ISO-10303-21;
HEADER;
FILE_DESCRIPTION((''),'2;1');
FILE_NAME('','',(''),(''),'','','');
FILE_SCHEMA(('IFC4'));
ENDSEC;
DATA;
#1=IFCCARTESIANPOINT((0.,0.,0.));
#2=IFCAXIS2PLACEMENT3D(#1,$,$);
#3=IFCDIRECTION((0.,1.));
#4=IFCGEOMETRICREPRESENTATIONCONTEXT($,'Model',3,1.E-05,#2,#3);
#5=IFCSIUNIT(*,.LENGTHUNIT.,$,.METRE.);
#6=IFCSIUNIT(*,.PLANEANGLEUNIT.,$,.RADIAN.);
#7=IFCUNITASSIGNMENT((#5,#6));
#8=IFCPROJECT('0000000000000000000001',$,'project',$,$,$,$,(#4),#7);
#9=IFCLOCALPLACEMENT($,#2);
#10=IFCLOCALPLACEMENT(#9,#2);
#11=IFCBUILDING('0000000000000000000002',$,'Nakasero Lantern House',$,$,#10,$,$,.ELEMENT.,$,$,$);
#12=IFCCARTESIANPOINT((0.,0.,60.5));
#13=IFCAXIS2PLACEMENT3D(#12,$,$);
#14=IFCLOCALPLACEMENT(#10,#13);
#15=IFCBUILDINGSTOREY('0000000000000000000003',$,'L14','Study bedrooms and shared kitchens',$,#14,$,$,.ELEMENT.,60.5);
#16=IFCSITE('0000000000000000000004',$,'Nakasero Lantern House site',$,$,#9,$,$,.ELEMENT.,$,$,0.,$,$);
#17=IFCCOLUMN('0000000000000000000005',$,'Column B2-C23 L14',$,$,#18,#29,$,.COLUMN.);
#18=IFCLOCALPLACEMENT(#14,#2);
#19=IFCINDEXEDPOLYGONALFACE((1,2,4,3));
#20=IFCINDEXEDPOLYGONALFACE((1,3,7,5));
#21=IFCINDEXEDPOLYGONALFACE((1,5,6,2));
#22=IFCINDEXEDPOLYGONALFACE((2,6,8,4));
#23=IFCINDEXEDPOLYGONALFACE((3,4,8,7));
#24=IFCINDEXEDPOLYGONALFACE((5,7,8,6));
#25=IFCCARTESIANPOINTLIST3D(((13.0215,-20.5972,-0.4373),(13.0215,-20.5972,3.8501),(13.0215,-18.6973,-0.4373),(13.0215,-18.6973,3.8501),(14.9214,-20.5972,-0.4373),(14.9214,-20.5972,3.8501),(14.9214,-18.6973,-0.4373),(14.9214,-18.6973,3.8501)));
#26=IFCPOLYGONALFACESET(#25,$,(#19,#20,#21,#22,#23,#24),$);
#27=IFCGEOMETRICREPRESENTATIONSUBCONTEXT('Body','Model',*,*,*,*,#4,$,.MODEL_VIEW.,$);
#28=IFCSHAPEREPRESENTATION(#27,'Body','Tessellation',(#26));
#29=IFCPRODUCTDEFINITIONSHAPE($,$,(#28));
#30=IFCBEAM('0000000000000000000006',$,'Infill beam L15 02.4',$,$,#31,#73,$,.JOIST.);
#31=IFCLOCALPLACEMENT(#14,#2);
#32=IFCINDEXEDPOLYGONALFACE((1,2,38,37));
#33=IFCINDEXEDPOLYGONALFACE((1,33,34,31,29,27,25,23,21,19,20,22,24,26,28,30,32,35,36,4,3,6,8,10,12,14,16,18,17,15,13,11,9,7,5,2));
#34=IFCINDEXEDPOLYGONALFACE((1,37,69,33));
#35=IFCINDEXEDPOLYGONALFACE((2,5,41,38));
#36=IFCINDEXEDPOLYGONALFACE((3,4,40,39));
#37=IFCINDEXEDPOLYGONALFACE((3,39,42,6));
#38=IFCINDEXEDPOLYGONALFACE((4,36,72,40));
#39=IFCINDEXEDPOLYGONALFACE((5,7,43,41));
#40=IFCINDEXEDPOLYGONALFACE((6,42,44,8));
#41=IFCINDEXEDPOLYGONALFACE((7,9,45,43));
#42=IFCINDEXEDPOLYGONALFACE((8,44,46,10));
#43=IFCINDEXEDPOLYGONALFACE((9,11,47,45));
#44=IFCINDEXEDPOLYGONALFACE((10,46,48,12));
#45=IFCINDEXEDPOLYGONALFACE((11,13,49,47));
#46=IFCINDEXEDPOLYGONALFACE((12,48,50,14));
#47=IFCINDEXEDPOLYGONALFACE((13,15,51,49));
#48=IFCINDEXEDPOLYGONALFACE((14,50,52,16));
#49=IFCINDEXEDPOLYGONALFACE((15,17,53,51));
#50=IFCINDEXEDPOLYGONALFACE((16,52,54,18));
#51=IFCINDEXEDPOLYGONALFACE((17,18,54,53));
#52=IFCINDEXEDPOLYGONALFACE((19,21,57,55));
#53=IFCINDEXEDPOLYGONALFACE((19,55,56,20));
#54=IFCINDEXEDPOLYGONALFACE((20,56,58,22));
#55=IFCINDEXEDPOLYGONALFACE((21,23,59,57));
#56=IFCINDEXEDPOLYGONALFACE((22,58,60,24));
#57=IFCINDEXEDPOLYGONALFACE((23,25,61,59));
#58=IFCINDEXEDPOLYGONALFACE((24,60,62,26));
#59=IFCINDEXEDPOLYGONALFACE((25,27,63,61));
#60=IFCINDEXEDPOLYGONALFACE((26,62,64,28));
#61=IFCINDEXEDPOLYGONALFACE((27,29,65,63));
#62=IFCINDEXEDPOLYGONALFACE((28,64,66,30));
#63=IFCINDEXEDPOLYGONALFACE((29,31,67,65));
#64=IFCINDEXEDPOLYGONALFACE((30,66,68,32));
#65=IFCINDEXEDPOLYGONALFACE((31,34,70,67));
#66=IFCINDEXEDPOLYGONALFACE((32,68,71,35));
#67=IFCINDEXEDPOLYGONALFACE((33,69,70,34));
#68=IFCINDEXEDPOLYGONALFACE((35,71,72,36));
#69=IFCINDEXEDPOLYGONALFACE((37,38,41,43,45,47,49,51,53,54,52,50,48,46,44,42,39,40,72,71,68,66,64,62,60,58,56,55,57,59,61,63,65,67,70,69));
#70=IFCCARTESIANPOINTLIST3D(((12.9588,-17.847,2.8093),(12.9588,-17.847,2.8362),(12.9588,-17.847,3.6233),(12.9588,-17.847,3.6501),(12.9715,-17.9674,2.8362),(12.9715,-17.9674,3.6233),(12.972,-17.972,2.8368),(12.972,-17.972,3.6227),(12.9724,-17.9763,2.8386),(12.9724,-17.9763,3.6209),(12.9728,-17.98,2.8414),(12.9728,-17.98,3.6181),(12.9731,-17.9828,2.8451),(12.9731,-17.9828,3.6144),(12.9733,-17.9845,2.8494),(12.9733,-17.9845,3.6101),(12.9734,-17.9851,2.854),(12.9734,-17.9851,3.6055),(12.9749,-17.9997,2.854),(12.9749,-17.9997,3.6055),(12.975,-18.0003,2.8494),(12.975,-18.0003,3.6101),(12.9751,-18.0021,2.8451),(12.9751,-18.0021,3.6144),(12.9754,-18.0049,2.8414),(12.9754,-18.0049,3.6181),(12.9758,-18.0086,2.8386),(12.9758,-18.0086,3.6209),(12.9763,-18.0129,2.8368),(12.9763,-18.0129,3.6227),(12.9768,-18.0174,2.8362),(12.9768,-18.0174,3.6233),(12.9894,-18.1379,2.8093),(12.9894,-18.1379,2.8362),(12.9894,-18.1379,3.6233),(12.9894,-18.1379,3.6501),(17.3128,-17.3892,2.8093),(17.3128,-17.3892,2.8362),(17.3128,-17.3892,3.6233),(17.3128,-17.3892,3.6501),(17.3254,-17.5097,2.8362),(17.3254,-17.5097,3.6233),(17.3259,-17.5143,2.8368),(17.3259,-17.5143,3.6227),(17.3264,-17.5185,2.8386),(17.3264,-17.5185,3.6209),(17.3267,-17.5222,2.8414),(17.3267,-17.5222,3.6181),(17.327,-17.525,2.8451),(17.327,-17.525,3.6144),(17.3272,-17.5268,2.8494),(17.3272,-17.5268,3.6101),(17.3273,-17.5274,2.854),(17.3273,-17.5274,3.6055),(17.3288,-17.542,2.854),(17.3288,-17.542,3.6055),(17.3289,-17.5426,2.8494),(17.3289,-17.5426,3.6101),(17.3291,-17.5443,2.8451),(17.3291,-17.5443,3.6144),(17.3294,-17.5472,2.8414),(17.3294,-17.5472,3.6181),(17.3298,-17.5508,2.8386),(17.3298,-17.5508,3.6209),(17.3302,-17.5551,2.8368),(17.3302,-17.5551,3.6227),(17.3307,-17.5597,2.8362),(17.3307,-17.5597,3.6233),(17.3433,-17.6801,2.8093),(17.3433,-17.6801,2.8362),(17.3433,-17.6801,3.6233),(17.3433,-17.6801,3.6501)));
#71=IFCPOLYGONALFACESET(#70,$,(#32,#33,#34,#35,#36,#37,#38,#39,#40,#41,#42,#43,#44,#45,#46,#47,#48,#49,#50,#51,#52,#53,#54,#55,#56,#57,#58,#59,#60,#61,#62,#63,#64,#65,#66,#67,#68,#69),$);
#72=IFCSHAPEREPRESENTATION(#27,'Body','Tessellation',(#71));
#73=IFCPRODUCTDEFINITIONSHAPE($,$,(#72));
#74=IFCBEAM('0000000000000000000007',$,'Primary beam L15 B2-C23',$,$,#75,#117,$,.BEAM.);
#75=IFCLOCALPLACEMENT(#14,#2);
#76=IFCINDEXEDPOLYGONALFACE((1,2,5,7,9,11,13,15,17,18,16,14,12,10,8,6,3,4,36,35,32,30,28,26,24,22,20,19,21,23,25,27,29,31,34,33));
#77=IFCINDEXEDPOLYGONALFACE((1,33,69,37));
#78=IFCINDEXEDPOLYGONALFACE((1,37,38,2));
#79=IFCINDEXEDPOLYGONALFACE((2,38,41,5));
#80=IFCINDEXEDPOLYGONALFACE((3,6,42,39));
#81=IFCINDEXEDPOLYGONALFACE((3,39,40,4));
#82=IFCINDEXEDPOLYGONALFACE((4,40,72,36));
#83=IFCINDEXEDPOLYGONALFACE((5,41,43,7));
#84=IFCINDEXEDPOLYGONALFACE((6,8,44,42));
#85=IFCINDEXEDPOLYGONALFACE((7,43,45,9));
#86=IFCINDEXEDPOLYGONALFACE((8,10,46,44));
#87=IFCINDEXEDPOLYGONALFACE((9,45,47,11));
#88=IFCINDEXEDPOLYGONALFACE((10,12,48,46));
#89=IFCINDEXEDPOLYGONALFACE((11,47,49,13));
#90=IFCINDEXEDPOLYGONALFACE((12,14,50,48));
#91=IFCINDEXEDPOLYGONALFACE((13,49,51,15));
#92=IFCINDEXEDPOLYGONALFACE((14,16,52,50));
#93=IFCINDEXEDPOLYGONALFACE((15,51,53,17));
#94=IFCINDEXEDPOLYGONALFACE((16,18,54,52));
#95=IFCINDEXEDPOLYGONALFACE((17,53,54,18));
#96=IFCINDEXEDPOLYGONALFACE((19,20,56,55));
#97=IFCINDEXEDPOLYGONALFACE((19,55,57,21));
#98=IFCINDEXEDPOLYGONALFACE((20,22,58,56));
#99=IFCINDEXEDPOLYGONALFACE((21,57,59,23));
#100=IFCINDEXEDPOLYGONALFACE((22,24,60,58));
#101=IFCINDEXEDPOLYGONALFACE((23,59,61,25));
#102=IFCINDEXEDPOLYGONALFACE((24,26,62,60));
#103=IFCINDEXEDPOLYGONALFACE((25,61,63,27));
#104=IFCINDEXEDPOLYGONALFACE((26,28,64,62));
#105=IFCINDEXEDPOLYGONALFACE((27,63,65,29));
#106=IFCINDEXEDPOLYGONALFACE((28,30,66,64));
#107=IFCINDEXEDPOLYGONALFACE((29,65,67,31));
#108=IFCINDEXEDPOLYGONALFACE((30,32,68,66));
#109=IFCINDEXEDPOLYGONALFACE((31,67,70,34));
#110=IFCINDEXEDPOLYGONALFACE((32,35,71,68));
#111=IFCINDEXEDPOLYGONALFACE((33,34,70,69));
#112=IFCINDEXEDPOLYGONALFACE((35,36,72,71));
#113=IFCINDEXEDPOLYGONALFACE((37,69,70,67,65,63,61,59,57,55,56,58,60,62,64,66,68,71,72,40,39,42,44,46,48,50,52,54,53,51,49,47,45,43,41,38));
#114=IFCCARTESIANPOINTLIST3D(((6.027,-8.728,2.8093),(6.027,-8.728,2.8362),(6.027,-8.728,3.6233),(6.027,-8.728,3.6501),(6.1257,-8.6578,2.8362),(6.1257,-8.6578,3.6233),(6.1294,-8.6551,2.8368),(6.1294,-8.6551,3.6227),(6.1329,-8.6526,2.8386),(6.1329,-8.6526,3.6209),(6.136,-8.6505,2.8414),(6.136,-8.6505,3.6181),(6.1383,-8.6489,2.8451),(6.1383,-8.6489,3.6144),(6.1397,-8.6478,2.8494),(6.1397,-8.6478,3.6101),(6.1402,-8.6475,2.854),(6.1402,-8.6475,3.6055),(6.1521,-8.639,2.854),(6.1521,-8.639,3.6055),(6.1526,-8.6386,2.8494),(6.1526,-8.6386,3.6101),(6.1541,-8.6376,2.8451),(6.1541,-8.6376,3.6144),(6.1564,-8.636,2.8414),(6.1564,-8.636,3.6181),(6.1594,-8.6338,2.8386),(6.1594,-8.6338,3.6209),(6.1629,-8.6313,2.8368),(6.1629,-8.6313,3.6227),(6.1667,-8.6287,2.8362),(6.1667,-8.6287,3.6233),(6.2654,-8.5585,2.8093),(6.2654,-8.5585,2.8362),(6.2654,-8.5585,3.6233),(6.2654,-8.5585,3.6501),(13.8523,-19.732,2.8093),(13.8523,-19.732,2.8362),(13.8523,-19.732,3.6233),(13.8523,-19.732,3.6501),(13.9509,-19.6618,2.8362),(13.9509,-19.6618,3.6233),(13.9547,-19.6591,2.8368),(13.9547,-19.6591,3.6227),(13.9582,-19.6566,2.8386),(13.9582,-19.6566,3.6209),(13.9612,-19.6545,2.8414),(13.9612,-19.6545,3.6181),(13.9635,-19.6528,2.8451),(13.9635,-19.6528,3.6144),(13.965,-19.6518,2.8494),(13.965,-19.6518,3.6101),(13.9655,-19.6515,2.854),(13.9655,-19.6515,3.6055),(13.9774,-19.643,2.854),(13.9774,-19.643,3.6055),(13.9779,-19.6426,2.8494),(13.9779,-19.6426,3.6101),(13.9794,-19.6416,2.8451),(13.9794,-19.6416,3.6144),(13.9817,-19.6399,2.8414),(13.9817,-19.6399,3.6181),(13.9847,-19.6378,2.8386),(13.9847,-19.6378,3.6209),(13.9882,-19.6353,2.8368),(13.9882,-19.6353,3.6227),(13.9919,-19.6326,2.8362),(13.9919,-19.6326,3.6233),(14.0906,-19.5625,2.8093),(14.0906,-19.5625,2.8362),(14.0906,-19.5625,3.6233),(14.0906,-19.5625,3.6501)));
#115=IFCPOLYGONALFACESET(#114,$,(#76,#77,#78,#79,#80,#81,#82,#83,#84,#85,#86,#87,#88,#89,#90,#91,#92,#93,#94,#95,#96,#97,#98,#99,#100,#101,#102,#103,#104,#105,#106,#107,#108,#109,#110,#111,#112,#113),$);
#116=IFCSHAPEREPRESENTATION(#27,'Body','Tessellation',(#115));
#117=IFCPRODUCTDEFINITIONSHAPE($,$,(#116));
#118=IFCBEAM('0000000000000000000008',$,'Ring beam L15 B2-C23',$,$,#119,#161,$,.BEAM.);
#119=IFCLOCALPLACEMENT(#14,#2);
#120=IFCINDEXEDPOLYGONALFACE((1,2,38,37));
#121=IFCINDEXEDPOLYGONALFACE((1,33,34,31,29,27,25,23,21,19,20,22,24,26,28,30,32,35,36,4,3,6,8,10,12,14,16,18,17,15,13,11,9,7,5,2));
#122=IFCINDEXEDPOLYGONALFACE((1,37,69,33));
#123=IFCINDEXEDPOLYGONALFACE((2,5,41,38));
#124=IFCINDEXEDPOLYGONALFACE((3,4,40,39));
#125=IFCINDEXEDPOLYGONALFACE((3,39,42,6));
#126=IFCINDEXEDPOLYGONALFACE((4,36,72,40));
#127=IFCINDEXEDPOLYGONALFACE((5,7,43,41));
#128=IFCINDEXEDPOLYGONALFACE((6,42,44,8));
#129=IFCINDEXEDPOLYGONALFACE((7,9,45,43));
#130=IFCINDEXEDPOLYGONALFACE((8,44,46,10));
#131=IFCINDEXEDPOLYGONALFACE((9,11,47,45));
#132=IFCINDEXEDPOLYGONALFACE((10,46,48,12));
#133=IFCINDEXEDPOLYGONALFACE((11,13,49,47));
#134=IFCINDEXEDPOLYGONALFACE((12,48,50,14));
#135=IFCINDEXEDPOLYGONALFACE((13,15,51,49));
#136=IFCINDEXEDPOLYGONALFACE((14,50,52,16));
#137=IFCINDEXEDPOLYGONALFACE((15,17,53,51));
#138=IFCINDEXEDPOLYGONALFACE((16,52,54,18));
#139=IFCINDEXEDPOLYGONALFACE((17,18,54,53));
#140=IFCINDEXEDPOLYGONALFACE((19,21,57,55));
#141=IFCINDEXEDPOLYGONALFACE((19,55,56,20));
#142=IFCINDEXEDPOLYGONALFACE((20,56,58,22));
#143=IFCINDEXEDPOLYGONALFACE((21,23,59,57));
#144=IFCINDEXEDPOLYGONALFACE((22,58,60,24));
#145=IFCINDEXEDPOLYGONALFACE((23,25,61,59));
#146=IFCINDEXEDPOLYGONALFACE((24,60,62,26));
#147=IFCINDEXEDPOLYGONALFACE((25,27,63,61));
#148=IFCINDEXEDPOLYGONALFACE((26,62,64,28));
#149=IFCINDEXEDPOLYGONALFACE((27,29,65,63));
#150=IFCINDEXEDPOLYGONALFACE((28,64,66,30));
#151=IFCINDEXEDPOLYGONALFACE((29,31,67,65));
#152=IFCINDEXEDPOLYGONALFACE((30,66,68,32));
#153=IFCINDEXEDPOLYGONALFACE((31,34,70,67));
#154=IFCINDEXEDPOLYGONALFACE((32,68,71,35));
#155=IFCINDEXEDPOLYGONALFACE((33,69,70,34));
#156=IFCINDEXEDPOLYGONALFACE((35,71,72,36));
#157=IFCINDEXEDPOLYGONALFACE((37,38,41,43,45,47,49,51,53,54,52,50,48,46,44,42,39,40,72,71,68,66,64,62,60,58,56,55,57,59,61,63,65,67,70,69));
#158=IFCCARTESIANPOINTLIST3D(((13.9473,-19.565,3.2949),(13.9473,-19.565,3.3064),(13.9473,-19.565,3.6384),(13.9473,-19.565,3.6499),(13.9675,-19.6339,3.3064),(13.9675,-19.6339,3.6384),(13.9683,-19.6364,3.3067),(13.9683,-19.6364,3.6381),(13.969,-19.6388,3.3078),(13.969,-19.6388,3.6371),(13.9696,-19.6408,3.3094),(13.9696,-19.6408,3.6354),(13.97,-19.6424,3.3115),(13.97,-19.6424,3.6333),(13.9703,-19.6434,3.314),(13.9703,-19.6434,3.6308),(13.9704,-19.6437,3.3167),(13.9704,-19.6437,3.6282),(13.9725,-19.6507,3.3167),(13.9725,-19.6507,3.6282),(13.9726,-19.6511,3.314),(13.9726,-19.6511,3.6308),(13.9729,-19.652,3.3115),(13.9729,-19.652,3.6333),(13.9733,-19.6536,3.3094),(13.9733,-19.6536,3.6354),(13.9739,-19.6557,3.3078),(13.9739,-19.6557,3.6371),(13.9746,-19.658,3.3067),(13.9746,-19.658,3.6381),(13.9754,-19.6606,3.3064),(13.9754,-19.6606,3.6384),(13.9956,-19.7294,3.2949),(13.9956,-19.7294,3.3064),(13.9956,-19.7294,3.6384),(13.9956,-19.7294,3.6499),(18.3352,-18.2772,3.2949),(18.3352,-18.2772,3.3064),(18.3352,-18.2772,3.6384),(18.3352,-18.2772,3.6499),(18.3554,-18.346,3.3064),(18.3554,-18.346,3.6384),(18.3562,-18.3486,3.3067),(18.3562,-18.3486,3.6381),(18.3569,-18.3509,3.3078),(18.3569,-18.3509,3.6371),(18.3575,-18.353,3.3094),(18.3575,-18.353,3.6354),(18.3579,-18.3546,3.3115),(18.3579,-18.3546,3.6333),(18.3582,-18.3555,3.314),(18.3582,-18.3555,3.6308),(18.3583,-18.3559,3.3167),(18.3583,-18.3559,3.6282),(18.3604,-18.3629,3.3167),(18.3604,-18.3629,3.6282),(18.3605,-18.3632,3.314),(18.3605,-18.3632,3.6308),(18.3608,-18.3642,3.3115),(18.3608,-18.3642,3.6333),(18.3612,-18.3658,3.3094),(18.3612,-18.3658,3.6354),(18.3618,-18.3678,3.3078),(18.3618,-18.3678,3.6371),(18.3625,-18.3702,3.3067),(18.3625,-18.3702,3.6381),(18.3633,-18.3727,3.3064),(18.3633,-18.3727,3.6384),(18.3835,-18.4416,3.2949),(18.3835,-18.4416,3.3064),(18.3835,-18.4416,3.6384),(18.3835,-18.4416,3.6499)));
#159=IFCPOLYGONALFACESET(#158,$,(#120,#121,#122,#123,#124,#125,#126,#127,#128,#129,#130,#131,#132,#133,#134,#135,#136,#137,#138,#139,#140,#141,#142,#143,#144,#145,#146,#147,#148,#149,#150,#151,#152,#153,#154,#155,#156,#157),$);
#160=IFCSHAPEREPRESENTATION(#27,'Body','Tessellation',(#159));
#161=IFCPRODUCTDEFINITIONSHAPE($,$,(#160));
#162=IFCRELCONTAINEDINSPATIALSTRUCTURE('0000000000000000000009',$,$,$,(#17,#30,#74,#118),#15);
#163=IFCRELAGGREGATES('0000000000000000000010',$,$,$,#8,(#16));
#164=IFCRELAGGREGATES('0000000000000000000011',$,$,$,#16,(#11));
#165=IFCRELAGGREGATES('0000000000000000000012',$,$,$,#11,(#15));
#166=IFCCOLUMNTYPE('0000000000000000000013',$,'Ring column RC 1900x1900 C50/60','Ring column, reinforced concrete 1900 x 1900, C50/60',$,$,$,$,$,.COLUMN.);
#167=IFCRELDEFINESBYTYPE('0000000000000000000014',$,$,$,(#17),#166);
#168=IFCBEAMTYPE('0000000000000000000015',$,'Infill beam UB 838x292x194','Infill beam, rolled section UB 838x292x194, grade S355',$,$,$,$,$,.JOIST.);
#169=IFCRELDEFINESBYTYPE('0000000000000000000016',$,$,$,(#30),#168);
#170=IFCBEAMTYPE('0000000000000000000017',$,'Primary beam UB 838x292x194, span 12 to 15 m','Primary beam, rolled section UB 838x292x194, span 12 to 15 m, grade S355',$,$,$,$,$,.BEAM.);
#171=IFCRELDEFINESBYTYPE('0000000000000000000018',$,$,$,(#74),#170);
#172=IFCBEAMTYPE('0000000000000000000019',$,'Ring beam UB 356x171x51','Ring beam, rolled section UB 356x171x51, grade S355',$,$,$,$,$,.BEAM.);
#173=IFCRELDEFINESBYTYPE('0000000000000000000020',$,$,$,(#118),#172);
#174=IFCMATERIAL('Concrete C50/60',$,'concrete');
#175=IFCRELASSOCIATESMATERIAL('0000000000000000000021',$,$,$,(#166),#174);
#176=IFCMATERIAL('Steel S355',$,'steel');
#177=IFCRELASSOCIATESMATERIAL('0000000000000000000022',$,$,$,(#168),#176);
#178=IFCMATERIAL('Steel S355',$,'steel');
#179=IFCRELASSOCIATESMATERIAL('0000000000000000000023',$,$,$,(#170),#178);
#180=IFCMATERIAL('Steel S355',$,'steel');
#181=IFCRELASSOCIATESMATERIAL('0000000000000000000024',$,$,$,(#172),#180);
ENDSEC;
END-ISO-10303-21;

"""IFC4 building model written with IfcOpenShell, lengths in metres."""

from ifc_helpers import new_model, si_unit, direction, frame, origin, origin_2d, place, context, subcontext, project, spatial, rectangle, i_section, extrude, material, material_profile, profile_set, type_object, element, save


model = new_model("IFC4")

# Units and contexts
model_context = context("Model", 3, precision=1e-05, world=origin(), true_north=direction((0.0, 1.0)))
body_context = subcontext(model_context, "Body", "Model", "MODEL_VIEW")
ifc_project = project(units=[si_unit("LENGTHUNIT", "METRE"), si_unit("PLANEANGLEUNIT", "RADIAN")], contexts=[model_context])

# Site, building, storey
site_placement = place(None, origin())
site = spatial("IfcSite", under=ifc_project, at=site_placement, Name="Nakasero Lantern House site", CompositionType="ELEMENT", RefElevation=0.0)
building_placement = place(site_placement, origin())
building = spatial("IfcBuilding", under=site, at=building_placement, Name="Nakasero Lantern House", CompositionType="ELEMENT")
storey_placement = place(building_placement, frame((0.0, 0.0, 60.5)))
storey = spatial("IfcBuildingStorey", under=building, at=storey_placement, Name="L14", Description="Study bedrooms and shared kitchens", CompositionType="ELEMENT", Elevation=60.5)

# Column
ifc_material_1 = material(Name="Concrete C50/60", Category="concrete")
ifc_material_profile_1 = material_profile(ifc_material_1, rectangle(XDim=1.8999, YDim=1.8999, at=origin_2d()), Name="RC 1900x1900")
ifc_profile_set_1 = profile_set([ifc_material_profile_1], Name="Concrete C50/60")
column_type = type_object("IfcColumnType", Name="Ring column RC 1900x1900 C50/60", Description="Ring column, reinforced concrete 1900 x 1900, C50/60", PredefinedType="COLUMN", material=ifc_profile_set_1)
column_placement = place(storey_placement, frame((13.9714, -19.6472, -0.4373), z_axis=(0.0, 0.0, 1.0), x_axis=(1.0, 0.0, 0.0)))
element("IfcColumn", 1, at=column_placement, inside=storey, type_object=column_type, Name="Column B2-C23 L14", PredefinedType="COLUMN", context=body_context, shape_type="SweptSolid", body=[
    extrude(rectangle(XDim=1.8999, YDim=1.8999, at=origin_2d()), origin(), (0.0, 0.0, 1.0), 4.2874),
])

# Beams
ifc_material_2 = material(Name="Steel S355", Category="steel")
ifc_material_profile_2 = material_profile(ifc_material_2, i_section(OverallWidth=0.2925, OverallDepth=0.8408, WebThickness=0.0146, FlangeThickness=0.0269, FilletRadius=0.0178, at=origin_2d()), Name="UB 838x292x194")
ifc_profile_set_2 = profile_set([ifc_material_profile_2], Name="Steel S355")
beam_type_1 = type_object("IfcBeamType", Name="Infill beam UB 838x292x194", Description="Infill beam, rolled section UB 838x292x194, grade S355", PredefinedType="JOIST", material=ifc_profile_set_2)
beam_1_placement = place(storey_placement, frame((12.9741, -17.9924, 3.2297), z_axis=(0.994519, 0.10456, 0.0), x_axis=(-0.10456, 0.994519, 0.0)))
element("IfcBeam", 2, at=beam_1_placement, inside=storey, type_object=beam_type_1, Name="Infill beam L15 02.4", PredefinedType="JOIST", context=body_context, shape_type="SweptSolid", body=[
    extrude(i_section(OverallWidth=0.2925, OverallDepth=0.8408, WebThickness=0.0146, FlangeThickness=0.0269, FilletRadius=0.0178, at=origin_2d()), origin(), (0.0, 0.0, 1.0), 4.3779),
])
ifc_material_3 = material(Name="Steel S355", Category="steel")
ifc_material_profile_3 = material_profile(ifc_material_3, i_section(OverallWidth=0.2925, OverallDepth=0.8408, WebThickness=0.0146, FlangeThickness=0.0269, FilletRadius=0.0178, at=origin_2d()), Name="UB 838x292x194")
ifc_profile_set_3 = profile_set([ifc_material_profile_3], Name="Steel S355")
beam_type_2 = type_object("IfcBeamType", Name="Primary beam UB 838x292x194, span 12 to 15 m", Description="Primary beam, rolled section UB 838x292x194, span 12 to 15 m, grade S355", PredefinedType="BEAM", material=ifc_profile_set_3)
beam_2_placement = place(storey_placement, frame((13.9714, -19.6472, 3.2297), z_axis=(-0.579533, 0.814948, 0.0), x_axis=(-0.814948, -0.579533, 0.0)))
element("IfcBeam", 3, at=beam_2_placement, inside=storey, type_object=beam_type_2, Name="Primary beam L15 B2-C23", PredefinedType="BEAM", context=body_context, shape_type="SweptSolid", body=[
    extrude(i_section(OverallWidth=0.2925, OverallDepth=0.8408, WebThickness=0.0146, FlangeThickness=0.0269, FilletRadius=0.0178, at=origin_2d()), origin(), (0.0, 0.0, 1.0), 13.5027),
])
ifc_material_4 = material(Name="Steel S355", Category="steel")
ifc_material_profile_4 = material_profile(ifc_material_4, i_section(OverallWidth=0.1714, OverallDepth=0.355, WebThickness=0.0073, FlangeThickness=0.0115, FilletRadius=0.0103, at=origin_2d()), Name="UB 356x171x51")
ifc_profile_set_4 = profile_set([ifc_material_profile_4], Name="Steel S355")
beam_type_3 = type_object("IfcBeamType", Name="Ring beam UB 356x171x51", Description="Ring beam, rolled section UB 356x171x51, grade S355", PredefinedType="BEAM", material=ifc_profile_set_4)
beam_3_placement = place(storey_placement, frame((13.9714, -19.6472, 3.4724), z_axis=(0.959527, 0.281617, 0.0), x_axis=(-0.281617, 0.959527, 0.0)))
element("IfcBeam", 4, at=beam_3_placement, inside=storey, type_object=beam_type_3, Name="Ring beam L15 B2-C23", PredefinedType="BEAM", context=body_context, shape_type="SweptSolid", body=[
    extrude(i_section(OverallWidth=0.1714, OverallDepth=0.355, WebThickness=0.0073, FlangeThickness=0.0115, FilletRadius=0.0103, at=origin_2d()), origin(), (0.0, 0.0, 1.0), 4.573),
])

save(model, "model.ifc")
